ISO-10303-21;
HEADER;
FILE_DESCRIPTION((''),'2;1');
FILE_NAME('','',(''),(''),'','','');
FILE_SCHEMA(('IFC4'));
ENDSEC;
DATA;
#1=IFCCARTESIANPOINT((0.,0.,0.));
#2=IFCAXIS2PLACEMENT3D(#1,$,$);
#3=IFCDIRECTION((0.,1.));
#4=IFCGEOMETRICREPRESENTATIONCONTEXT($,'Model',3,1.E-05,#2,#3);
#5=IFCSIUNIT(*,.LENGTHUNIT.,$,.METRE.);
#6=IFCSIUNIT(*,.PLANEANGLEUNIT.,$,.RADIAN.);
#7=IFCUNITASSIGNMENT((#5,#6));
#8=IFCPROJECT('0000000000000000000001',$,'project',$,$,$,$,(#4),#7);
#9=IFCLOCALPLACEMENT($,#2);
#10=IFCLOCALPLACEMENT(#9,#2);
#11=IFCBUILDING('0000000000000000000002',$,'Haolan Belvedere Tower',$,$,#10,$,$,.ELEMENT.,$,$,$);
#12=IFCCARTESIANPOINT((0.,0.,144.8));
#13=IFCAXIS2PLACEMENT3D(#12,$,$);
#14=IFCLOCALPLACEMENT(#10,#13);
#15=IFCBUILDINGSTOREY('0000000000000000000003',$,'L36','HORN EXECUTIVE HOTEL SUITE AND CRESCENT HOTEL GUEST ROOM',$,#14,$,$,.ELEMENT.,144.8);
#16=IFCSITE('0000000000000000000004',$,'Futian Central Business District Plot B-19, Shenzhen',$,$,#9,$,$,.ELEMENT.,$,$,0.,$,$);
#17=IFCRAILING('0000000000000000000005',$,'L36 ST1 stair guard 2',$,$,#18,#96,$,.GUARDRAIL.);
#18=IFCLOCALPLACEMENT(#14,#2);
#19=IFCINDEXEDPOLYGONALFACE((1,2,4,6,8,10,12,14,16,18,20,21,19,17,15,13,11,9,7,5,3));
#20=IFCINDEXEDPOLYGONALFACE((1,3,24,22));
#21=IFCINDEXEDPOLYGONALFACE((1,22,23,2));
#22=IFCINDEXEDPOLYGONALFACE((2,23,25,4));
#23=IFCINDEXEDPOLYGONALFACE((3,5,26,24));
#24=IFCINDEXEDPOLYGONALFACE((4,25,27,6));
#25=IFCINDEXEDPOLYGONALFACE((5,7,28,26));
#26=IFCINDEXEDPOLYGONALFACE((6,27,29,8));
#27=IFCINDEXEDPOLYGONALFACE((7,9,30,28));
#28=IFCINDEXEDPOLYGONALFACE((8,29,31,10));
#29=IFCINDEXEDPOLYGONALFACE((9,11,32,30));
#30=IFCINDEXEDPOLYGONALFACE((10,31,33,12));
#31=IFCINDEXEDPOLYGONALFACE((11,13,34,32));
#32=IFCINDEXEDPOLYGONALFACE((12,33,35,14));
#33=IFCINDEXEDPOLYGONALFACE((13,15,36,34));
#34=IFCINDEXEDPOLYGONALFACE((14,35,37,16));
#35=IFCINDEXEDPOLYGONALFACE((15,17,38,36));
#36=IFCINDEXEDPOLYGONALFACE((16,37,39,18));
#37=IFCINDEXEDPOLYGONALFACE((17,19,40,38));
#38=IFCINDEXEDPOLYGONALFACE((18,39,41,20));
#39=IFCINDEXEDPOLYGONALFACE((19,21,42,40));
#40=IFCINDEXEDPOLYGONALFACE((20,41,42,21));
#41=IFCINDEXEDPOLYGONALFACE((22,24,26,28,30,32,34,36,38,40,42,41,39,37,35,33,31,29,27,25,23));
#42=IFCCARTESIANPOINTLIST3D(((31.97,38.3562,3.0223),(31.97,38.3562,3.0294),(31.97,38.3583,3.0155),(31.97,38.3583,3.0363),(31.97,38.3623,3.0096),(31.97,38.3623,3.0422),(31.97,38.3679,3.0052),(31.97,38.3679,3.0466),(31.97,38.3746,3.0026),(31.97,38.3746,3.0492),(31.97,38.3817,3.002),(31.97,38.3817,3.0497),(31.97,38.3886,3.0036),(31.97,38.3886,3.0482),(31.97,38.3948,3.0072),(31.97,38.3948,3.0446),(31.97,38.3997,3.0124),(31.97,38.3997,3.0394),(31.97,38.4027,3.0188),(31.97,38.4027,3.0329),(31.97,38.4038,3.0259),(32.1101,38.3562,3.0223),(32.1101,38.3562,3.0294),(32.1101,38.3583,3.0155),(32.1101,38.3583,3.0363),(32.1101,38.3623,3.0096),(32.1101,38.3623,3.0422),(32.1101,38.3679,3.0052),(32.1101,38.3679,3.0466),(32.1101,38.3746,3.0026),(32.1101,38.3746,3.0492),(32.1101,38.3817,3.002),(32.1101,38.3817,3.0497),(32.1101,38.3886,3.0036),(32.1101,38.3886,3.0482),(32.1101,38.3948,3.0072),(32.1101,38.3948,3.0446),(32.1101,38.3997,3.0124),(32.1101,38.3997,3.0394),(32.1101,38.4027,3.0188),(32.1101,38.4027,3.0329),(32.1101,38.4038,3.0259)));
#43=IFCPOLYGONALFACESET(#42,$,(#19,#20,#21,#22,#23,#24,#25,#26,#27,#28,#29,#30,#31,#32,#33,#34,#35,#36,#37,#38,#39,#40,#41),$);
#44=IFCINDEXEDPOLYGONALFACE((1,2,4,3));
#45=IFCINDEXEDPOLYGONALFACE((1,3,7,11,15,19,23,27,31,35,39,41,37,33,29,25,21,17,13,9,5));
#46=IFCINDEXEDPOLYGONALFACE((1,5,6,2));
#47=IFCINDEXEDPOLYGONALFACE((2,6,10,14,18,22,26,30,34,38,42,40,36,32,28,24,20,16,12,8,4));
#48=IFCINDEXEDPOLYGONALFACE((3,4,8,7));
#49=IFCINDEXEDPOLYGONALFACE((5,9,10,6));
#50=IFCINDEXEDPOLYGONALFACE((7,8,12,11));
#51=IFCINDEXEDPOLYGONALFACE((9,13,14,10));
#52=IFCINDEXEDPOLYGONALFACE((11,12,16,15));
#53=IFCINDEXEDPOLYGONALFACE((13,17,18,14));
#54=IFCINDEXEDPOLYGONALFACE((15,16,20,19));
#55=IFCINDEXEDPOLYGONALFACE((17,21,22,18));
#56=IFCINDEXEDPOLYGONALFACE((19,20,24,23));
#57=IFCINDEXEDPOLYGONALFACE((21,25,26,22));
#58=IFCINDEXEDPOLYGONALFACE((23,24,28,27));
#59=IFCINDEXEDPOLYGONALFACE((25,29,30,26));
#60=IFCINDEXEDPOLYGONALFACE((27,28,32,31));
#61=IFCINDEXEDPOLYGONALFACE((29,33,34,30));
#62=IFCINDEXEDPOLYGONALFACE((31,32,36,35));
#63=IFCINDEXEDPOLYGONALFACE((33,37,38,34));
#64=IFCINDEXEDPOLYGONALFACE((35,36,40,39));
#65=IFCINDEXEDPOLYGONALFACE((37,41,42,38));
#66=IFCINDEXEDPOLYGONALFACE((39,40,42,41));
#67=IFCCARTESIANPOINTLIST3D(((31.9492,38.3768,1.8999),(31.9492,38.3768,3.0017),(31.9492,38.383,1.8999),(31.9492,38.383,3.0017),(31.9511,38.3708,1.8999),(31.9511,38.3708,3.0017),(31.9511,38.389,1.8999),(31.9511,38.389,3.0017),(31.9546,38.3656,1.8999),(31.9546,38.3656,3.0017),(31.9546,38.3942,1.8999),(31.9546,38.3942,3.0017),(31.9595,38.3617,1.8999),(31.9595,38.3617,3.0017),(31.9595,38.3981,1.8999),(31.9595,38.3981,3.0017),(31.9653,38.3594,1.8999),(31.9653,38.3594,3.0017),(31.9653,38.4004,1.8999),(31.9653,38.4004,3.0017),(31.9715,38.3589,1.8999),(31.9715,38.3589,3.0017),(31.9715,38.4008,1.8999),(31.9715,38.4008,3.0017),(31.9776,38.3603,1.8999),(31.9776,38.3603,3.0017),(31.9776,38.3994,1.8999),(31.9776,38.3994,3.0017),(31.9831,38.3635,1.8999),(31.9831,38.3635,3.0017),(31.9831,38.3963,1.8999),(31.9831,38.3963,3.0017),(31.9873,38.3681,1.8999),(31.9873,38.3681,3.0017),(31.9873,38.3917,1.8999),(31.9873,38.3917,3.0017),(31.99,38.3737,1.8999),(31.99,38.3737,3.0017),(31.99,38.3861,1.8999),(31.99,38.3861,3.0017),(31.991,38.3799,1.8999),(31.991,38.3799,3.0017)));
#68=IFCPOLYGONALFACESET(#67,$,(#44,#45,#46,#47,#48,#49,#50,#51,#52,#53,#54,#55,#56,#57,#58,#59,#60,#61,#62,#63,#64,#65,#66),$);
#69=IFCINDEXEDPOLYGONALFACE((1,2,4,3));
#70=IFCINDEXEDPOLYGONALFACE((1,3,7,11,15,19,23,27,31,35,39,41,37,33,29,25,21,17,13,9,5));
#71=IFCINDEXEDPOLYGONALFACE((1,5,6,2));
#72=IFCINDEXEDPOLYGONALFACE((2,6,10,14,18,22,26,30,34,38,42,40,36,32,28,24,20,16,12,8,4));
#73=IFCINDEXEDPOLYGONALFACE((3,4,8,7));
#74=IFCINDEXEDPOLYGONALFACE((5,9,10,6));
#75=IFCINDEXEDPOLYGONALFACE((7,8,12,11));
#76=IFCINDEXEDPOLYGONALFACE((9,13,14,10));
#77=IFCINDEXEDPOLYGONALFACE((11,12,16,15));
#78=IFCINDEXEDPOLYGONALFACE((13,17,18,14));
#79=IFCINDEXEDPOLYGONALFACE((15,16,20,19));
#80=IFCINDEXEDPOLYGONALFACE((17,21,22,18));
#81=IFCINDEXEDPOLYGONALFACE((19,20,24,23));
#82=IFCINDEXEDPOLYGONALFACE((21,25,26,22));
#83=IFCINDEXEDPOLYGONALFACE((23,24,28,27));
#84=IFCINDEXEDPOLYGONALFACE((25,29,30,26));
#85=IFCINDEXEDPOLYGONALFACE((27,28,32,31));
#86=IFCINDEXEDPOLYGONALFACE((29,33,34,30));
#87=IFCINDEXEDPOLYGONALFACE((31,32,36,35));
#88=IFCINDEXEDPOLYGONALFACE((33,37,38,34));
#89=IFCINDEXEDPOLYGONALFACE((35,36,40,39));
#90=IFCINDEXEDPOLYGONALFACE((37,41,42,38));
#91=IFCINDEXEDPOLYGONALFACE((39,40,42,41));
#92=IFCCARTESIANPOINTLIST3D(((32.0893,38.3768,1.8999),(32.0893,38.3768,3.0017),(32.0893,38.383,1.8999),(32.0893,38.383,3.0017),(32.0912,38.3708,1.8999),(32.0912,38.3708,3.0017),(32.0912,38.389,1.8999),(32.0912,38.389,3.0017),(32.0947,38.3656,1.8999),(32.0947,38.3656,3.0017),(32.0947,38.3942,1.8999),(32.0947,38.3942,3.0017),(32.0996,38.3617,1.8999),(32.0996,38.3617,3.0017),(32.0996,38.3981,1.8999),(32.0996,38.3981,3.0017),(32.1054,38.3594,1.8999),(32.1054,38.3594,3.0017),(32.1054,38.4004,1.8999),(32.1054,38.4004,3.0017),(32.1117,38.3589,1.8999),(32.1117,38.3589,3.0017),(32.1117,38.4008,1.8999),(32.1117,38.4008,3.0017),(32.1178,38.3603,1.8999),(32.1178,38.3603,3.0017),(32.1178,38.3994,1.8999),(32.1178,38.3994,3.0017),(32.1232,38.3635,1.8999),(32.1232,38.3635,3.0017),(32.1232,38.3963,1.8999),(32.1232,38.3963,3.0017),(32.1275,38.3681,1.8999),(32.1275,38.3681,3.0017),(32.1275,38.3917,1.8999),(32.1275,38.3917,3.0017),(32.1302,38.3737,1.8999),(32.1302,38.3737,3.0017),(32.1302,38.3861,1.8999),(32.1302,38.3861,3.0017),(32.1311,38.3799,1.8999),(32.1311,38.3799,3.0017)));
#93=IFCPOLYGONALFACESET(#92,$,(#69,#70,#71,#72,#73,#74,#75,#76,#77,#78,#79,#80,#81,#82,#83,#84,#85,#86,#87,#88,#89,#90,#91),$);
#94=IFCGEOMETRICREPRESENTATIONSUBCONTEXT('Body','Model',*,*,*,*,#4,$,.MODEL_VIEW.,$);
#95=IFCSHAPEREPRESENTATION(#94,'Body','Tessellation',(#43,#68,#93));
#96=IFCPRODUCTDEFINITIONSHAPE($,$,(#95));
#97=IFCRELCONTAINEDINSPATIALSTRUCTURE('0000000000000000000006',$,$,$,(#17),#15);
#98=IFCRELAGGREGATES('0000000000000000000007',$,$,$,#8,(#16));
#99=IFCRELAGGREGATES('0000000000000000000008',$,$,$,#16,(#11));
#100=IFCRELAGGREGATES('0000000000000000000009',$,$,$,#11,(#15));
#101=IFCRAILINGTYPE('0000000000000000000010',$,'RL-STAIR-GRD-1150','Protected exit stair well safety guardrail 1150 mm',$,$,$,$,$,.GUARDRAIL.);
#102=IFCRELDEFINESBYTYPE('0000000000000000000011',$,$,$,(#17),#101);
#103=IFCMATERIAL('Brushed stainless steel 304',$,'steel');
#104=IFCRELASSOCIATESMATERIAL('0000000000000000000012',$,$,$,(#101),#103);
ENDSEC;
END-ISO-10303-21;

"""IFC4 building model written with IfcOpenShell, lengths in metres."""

from ifc_helpers import new_model, si_unit, direction, frame, origin, origin_2d, place, context, subcontext, project, spatial, circle, extrude, material, type_object, element, save


model = new_model("IFC4")

# Units and contexts
model_context = context("Model", 3, precision=1e-05, world=origin(), true_north=direction((0.0, 1.0)))
body_context = subcontext(model_context, "Body", "Model", "MODEL_VIEW")
ifc_project = project(units=[si_unit("LENGTHUNIT", "METRE"), si_unit("PLANEANGLEUNIT", "RADIAN")], contexts=[model_context])

# Site, building, storey
site_placement = place(None, origin())
site = spatial("IfcSite", under=ifc_project, at=site_placement, Name="Futian Central Business District Plot B-19, Shenzhen", CompositionType="ELEMENT", RefElevation=0.0)
building_placement = place(site_placement, origin())
building = spatial("IfcBuilding", under=site, at=building_placement, Name="Haolan Belvedere Tower", CompositionType="ELEMENT")
storey_placement = place(building_placement, frame((0.0, 0.0, 144.8)))
storey = spatial("IfcBuildingStorey", under=building, at=storey_placement, Name="L36", Description="HORN EXECUTIVE HOTEL SUITE AND CRESCENT HOTEL GUEST ROOM", CompositionType="ELEMENT", Elevation=144.8)

# Railing
ifc_material_1 = material(Name="Brushed stainless steel 304", Category="steel")
railing_type_1 = type_object("IfcRailingType", Name="RL-STAIR-GRD-1150", Description="Protected exit stair well safety guardrail 1150 mm", PredefinedType="GUARDRAIL", material=ifc_material_1)
railing_1_placement = place(storey_placement, frame((31.97, 38.3799, 1.8999)))
element("IfcRailing", 1, at=railing_1_placement, inside=storey, type_object=railing_type_1, Name="L36 ST1 stair guard 2", PredefinedType="GUARDRAIL", context=body_context, shape_type="SweptSolid", body=[
    extrude(circle(Radius=0.0239, at=origin_2d()), frame((0.0, 0.0, 1.126), z_axis=(1.0, 0.0, 0.0), x_axis=(0.0, 1.0, 0.0)), (0.0, 0.0, 1.0), 0.1401),
    extrude(circle(Radius=0.021, at=origin_2d()), origin(), (0.0, 0.0, 1.0), 1.1018),
    extrude(circle(Radius=0.021, at=origin_2d()), frame((0.1401, 0.0, 0.0)), (0.0, 0.0, 1.0), 1.1018),
])

save(model, "model.ifc")
